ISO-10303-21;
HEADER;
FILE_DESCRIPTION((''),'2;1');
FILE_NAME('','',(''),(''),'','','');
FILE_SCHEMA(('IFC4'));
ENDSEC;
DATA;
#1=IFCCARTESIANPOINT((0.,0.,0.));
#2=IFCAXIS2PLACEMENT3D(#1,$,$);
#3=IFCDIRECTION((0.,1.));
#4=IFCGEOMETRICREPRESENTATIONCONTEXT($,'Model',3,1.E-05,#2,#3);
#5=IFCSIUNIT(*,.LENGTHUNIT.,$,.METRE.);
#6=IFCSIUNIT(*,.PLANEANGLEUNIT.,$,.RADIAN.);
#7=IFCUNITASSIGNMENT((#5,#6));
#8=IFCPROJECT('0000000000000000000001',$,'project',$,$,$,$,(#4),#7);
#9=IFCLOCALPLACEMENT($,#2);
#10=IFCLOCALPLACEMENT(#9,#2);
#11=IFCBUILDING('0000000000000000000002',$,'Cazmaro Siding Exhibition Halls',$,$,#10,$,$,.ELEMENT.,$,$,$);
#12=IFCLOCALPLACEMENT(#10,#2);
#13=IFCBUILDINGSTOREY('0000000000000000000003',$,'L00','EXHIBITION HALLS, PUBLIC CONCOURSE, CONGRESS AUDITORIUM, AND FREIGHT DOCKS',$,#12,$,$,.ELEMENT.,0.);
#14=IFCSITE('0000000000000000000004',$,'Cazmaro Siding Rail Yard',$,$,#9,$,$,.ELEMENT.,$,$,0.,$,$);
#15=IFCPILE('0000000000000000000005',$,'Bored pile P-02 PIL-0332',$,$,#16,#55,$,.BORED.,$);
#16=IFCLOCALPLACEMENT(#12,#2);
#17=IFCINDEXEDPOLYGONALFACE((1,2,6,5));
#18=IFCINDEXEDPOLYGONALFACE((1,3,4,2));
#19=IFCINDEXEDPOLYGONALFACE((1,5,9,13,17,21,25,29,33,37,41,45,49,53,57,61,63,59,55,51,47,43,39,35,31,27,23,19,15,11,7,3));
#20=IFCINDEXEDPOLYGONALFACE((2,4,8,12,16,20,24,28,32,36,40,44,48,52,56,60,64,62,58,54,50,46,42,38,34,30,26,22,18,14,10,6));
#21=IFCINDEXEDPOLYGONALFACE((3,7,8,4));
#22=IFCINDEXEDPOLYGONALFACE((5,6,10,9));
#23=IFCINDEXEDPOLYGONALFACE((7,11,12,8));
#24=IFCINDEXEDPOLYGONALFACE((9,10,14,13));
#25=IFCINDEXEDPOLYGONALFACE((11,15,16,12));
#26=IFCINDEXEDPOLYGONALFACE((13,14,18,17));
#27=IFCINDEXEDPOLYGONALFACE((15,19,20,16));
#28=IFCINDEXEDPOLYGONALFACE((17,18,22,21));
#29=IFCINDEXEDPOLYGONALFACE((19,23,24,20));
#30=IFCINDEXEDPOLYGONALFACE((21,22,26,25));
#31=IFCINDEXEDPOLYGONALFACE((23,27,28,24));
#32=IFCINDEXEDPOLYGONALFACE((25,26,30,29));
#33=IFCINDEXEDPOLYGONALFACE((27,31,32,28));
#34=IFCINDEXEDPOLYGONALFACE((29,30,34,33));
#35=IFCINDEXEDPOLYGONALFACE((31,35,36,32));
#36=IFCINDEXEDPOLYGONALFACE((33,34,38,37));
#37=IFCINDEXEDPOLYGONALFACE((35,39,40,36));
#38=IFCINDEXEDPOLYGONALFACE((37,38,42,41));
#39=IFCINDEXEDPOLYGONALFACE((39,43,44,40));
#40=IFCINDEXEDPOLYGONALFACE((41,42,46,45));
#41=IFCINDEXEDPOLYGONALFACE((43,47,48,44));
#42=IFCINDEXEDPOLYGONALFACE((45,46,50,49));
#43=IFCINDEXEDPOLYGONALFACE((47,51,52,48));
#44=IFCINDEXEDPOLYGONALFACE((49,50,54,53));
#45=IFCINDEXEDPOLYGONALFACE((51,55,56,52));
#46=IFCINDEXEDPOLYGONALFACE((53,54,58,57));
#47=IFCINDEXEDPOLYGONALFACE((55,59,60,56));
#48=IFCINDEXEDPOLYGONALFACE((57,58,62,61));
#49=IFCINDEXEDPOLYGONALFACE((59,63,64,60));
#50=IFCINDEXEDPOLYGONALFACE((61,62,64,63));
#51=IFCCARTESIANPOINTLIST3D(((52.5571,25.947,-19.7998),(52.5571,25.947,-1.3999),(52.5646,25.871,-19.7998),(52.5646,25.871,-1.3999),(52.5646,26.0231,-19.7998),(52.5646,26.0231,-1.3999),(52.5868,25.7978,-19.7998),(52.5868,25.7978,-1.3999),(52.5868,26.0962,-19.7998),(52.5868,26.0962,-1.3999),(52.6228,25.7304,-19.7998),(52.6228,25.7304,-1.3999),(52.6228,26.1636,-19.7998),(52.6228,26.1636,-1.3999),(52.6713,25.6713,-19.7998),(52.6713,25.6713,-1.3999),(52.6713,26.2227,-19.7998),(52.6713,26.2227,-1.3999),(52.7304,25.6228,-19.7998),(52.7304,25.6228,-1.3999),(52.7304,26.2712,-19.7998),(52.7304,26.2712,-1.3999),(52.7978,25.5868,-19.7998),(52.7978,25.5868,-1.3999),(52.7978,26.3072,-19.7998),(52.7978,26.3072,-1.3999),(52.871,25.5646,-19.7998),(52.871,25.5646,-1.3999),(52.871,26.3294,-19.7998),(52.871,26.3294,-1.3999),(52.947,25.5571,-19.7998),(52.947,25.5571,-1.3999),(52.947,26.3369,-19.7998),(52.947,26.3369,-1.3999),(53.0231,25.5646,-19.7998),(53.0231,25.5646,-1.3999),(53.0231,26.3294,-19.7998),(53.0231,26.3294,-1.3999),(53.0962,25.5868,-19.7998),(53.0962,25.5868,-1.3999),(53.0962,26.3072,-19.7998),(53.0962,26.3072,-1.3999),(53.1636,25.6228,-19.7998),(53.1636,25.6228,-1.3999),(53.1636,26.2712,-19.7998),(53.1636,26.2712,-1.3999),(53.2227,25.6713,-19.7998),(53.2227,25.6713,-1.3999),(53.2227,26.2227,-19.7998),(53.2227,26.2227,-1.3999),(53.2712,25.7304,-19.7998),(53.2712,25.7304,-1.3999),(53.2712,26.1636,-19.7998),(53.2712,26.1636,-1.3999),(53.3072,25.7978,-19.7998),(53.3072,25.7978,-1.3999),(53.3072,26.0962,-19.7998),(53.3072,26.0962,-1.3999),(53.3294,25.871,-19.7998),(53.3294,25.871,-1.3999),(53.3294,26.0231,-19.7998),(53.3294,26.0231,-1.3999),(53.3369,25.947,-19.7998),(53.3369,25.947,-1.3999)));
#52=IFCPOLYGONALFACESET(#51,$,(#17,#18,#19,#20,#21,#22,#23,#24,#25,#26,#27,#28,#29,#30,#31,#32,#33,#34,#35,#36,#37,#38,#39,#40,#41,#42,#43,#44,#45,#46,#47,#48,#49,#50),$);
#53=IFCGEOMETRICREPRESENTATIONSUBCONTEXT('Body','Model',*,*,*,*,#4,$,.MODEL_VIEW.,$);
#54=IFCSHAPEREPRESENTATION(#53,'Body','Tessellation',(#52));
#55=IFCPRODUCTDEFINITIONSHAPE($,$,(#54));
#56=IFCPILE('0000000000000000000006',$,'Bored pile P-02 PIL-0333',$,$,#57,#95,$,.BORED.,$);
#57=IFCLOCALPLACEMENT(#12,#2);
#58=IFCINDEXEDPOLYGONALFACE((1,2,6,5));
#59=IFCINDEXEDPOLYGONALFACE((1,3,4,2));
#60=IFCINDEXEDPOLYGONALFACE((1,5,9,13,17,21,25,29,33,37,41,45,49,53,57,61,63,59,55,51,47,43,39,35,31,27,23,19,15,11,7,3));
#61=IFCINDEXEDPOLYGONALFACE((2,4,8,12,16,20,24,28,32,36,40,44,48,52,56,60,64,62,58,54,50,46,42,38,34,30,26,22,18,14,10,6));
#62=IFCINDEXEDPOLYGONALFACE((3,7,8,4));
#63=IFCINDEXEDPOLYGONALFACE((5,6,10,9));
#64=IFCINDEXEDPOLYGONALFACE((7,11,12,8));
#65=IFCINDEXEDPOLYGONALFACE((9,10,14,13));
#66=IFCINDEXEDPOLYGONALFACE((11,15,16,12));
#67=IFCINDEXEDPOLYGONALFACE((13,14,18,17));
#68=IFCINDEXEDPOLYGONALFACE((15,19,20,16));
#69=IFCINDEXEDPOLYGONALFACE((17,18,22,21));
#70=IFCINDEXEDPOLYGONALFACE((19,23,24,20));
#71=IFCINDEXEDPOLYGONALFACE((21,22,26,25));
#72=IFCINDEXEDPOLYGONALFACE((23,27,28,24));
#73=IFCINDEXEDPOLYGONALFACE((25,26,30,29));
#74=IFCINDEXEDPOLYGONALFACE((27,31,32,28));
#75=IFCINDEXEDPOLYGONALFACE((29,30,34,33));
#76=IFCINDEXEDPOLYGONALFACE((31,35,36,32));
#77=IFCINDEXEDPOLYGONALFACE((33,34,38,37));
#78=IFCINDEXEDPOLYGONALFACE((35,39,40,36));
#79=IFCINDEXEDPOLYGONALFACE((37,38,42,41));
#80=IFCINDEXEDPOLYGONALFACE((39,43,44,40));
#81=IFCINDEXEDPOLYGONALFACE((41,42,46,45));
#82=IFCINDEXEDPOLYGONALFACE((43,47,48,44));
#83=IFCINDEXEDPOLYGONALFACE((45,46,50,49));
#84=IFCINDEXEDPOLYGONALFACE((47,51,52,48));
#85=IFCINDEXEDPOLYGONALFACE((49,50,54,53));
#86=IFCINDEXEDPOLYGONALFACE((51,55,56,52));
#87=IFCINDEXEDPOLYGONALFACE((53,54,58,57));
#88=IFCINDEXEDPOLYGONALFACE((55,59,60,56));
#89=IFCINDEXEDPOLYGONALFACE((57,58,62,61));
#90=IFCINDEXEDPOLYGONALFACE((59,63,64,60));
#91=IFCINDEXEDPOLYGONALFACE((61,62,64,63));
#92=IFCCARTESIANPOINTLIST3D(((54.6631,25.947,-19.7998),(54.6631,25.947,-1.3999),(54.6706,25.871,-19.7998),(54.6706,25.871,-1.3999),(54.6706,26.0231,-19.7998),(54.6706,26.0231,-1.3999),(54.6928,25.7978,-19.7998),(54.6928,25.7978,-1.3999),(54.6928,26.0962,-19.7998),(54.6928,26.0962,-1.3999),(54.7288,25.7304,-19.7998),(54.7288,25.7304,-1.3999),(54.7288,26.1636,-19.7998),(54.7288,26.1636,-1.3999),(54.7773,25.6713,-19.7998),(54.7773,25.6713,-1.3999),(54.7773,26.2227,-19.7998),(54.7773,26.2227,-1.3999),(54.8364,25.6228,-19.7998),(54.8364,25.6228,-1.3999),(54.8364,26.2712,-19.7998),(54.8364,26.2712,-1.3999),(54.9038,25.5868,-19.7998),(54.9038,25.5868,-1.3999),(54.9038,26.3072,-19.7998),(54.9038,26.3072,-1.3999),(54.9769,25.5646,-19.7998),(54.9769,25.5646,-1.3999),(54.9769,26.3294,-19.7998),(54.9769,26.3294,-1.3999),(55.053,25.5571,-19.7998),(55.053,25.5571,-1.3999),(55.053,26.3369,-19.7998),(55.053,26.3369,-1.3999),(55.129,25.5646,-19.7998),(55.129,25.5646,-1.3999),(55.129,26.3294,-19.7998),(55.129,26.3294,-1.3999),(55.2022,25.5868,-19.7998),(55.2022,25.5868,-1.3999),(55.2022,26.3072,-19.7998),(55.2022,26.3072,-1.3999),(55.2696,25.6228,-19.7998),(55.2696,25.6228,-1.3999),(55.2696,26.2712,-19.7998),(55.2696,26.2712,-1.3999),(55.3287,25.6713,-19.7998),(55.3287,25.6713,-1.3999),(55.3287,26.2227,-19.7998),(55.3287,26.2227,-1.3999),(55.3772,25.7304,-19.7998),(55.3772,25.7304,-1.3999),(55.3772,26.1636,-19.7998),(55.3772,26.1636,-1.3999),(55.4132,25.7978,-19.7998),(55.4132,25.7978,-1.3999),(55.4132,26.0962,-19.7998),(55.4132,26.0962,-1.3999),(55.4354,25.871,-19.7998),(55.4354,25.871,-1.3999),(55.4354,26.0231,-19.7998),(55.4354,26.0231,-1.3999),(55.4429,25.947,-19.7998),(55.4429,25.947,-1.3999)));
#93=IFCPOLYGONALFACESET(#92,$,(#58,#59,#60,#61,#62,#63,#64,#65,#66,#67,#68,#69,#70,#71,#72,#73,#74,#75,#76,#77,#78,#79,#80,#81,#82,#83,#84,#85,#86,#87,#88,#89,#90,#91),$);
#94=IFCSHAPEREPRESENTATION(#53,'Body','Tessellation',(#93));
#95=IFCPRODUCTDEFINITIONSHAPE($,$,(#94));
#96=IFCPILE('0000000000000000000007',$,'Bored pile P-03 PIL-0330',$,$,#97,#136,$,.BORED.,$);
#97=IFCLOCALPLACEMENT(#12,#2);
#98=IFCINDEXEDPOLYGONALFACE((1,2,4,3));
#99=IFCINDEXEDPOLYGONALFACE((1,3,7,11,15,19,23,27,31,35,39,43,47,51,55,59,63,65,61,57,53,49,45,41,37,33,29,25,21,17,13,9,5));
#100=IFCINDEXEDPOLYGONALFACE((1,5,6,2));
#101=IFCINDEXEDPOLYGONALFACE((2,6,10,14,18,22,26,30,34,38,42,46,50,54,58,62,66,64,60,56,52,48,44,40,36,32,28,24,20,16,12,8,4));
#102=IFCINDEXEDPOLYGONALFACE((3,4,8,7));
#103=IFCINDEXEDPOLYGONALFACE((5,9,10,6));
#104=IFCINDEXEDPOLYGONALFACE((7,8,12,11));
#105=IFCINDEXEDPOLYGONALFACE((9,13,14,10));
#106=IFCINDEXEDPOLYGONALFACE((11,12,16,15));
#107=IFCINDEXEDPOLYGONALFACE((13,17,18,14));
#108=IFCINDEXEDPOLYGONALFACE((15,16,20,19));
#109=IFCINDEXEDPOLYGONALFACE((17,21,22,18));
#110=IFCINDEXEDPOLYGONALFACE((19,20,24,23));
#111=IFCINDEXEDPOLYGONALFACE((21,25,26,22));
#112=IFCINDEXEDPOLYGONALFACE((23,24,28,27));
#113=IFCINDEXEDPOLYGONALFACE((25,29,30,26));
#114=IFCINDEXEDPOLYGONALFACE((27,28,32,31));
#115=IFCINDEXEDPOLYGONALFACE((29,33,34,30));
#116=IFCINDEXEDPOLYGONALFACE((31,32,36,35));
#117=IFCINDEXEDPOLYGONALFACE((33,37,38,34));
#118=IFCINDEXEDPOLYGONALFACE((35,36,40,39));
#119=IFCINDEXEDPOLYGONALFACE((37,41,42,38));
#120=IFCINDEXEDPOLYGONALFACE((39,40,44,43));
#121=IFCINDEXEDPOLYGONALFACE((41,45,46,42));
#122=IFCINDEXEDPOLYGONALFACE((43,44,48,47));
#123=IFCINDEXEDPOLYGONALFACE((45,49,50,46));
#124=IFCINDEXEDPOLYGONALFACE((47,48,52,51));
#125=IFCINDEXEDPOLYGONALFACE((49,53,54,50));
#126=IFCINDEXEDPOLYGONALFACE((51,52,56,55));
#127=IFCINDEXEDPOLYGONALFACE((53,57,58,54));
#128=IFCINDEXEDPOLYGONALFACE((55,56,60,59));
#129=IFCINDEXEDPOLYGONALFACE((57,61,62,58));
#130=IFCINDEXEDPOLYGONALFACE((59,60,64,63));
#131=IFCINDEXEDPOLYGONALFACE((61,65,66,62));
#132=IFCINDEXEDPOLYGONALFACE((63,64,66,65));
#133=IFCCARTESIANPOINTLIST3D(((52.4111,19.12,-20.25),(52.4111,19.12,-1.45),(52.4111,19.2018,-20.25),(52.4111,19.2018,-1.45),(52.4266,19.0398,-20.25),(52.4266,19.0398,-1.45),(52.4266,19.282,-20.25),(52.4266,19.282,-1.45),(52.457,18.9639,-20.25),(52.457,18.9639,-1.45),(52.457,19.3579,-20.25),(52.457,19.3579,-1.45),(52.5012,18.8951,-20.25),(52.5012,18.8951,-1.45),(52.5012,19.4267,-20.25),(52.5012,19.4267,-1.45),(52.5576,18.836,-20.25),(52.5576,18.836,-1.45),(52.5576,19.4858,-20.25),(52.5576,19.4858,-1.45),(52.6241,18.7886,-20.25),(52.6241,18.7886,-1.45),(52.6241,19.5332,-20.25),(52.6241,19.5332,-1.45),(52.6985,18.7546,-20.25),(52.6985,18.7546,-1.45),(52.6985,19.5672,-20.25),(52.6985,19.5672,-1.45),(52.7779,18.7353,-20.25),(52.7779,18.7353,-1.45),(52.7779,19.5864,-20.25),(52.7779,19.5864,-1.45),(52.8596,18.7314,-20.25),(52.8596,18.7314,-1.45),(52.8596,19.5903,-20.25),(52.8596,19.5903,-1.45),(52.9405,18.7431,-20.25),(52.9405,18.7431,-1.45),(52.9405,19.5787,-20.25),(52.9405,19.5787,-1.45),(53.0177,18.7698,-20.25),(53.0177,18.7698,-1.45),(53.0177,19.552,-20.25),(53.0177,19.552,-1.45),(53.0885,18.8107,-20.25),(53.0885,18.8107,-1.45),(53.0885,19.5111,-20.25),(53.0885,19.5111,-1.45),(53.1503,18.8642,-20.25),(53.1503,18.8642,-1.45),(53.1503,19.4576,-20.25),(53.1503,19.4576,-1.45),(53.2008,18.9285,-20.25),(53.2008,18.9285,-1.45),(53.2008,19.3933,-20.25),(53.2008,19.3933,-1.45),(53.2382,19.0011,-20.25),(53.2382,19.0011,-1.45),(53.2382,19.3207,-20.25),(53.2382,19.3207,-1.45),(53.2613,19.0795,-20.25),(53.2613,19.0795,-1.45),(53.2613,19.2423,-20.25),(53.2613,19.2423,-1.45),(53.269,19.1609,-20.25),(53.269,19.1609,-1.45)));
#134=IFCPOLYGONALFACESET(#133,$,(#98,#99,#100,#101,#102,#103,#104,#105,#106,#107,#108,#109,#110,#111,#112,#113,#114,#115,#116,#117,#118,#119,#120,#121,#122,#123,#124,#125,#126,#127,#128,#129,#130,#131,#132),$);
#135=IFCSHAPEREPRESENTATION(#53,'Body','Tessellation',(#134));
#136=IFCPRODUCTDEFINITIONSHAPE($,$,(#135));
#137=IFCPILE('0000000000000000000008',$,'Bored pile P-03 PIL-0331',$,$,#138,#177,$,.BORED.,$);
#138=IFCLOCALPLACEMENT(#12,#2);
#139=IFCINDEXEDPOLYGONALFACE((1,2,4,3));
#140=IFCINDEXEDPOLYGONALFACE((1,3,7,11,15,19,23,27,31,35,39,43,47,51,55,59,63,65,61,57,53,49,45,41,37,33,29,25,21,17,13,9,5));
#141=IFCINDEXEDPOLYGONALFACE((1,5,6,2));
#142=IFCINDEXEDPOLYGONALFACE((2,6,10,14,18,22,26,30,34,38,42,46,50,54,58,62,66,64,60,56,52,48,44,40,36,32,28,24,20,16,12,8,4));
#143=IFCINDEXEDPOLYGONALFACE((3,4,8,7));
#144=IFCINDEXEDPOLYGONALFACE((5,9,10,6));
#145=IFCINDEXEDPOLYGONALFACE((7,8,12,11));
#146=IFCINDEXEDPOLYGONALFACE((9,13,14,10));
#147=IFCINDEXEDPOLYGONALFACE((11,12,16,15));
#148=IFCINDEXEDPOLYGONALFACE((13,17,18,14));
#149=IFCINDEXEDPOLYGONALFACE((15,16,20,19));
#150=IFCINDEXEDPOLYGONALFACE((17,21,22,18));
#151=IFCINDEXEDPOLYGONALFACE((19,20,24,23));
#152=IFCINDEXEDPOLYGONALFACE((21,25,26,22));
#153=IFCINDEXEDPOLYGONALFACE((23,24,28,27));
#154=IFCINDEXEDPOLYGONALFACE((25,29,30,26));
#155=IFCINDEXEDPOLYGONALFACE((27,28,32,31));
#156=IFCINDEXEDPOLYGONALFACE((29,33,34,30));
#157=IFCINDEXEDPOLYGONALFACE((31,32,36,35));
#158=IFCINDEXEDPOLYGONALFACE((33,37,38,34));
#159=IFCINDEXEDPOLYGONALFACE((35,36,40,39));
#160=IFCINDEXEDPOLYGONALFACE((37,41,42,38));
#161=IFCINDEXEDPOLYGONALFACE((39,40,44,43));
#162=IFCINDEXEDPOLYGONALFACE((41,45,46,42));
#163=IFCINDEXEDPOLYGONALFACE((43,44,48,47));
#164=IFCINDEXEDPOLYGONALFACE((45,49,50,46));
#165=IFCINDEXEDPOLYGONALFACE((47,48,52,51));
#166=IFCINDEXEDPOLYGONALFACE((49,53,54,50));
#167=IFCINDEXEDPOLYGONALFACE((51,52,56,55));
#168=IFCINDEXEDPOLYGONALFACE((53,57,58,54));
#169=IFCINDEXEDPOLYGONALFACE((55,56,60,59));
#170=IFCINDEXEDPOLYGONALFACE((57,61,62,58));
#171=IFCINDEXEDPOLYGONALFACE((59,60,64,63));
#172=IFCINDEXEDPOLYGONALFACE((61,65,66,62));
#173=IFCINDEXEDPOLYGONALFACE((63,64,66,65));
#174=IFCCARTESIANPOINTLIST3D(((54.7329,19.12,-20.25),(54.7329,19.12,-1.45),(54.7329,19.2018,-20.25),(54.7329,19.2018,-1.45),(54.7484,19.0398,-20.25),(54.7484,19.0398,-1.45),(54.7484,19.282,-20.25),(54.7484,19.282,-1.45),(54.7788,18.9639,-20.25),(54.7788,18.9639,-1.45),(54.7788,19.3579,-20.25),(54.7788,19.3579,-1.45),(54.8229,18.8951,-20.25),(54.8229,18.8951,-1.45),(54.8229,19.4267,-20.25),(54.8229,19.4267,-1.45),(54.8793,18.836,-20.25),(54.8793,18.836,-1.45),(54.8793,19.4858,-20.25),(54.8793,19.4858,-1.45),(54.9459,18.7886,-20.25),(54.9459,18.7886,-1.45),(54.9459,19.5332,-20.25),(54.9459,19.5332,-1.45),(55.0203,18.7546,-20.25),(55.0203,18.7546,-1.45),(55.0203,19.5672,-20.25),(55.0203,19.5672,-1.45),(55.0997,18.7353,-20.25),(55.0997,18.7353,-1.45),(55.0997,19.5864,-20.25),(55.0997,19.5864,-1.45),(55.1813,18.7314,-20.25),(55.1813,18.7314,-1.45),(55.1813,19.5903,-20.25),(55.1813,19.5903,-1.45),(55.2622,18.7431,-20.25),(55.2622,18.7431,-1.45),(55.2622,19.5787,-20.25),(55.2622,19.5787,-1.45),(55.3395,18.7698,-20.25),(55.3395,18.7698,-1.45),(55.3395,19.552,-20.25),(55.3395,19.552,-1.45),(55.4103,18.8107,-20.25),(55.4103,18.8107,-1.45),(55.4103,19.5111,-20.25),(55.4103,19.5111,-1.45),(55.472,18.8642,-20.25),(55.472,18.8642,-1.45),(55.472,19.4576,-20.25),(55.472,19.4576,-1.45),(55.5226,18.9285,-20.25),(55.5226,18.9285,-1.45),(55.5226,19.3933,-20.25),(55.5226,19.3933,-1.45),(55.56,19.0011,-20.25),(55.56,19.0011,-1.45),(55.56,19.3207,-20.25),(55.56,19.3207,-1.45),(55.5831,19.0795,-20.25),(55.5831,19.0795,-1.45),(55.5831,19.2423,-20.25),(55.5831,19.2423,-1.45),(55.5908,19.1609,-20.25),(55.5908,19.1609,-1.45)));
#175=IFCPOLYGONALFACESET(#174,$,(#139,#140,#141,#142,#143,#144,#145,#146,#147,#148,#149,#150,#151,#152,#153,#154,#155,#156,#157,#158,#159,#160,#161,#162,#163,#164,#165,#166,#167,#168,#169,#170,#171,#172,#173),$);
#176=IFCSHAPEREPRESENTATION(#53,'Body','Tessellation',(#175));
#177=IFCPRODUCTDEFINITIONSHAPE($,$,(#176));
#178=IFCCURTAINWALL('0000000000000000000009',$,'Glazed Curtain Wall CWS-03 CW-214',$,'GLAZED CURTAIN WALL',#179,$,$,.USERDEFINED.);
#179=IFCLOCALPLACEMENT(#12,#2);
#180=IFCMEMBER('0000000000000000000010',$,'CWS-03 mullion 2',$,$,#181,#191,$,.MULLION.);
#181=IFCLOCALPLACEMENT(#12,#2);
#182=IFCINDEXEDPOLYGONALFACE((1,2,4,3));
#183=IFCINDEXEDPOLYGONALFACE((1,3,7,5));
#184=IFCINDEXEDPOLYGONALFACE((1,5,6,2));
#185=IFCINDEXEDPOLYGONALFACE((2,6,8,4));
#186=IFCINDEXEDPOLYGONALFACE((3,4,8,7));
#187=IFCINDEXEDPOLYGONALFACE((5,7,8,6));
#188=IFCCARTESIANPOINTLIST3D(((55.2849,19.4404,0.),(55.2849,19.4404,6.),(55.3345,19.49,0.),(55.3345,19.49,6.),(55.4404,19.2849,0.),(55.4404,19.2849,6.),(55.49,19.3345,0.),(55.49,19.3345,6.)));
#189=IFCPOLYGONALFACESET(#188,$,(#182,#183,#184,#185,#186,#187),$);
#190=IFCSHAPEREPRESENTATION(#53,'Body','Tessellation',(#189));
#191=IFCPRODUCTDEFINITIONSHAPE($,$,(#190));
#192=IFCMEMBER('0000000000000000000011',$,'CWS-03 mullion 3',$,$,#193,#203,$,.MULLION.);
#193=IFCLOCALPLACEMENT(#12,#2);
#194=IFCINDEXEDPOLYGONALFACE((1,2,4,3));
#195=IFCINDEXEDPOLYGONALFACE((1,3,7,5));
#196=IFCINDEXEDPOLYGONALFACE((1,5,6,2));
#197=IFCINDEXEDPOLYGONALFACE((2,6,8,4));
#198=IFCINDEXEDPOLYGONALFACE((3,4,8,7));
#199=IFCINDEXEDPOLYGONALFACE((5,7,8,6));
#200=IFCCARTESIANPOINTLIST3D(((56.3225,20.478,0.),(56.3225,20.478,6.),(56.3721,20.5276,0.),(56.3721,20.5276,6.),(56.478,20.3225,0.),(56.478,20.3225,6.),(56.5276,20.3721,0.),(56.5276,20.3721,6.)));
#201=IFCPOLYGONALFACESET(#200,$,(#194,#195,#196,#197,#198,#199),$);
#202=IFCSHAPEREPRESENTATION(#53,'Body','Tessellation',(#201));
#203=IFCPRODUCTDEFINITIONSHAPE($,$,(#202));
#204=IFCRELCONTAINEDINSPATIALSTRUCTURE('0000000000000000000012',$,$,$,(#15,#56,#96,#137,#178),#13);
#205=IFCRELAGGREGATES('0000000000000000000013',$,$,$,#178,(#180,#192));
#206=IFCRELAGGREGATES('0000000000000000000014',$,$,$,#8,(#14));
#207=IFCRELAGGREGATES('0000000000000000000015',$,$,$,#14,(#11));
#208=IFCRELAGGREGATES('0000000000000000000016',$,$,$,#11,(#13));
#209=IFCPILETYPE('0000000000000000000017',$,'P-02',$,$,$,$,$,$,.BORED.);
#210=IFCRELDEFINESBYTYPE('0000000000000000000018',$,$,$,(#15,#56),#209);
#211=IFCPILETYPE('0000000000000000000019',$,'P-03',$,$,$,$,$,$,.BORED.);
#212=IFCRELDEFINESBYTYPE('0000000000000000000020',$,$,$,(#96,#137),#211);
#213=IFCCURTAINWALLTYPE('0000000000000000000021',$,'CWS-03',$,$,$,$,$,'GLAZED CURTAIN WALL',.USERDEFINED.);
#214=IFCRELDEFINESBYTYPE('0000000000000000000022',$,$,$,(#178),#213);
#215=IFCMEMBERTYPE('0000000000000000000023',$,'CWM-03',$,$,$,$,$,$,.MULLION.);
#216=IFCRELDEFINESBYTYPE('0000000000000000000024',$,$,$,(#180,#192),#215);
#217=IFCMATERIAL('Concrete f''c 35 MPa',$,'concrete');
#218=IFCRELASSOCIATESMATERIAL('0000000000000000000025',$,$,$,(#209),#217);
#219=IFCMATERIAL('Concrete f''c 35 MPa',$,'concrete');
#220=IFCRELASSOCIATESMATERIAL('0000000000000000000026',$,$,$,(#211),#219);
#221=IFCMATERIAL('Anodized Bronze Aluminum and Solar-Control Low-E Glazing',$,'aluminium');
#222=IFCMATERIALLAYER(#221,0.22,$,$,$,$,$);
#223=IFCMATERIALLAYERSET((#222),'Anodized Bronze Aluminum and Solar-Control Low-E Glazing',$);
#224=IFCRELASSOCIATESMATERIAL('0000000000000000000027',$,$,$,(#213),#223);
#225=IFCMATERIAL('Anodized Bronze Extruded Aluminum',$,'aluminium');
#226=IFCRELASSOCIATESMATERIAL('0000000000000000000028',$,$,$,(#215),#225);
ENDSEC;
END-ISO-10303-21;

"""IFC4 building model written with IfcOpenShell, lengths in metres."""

from ifc_helpers import new_model, si_unit, direction, frame, origin, origin_2d, place, context, subcontext, project, spatial, rectangle, circle, extrude, material, layer, layer_set, material_profile, profile_set, type_object, element, aggregate, save


model = new_model("IFC4")

# Units and contexts
model_context = context("Model", 3, precision=1e-05, world=origin(), true_north=direction((0.0, 1.0)))
body_context = subcontext(model_context, "Body", "Model", "MODEL_VIEW")
ifc_project = project(units=[si_unit("LENGTHUNIT", "METRE"), si_unit("PLANEANGLEUNIT", "RADIAN")], contexts=[model_context])

# Site, building, storey
site_placement = place(None, origin())
site = spatial("IfcSite", under=ifc_project, at=site_placement, Name="Cazmaro Siding Rail Yard", CompositionType="ELEMENT", RefElevation=0.0)
building_placement = place(site_placement, origin())
building = spatial("IfcBuilding", under=site, at=building_placement, Name="Cazmaro Siding Exhibition Halls", CompositionType="ELEMENT")
storey_placement = place(building_placement, origin())
storey = spatial("IfcBuildingStorey", under=building, at=storey_placement, Name="L00", Description="EXHIBITION HALLS, PUBLIC CONCOURSE, CONGRESS AUDITORIUM, AND FREIGHT DOCKS", CompositionType="ELEMENT", Elevation=0.0)

# Piles
ifc_material_1 = material(Name="Concrete f'c 35 MPa", Category="concrete")
ifc_material_profile_1 = material_profile(ifc_material_1, circle(Radius=0.3899, at=origin_2d()), Name="CIDH-780")
ifc_profile_set_1 = profile_set([ifc_material_profile_1], Name="Concrete f'c 35 MPa")
pile_type_1 = type_object("IfcPileType", Name="P-02", PredefinedType="BORED", material=ifc_profile_set_1)
for number, where, z_axis, x_axis, name in (
    (1, (52.947, 25.947, -1.3999), (0.0, 0.0, -1.0), (1.0, 0.0, 0.0), "Bored pile P-02 PIL-0332"),
    (2, (55.053, 25.947, -1.3999), (0.0, 0.0, -1.0), (1.0, 0.0, 0.0), "Bored pile P-02 PIL-0333"),
):
    element("IfcPile", number, at=place(storey_placement, frame(where, z_axis=z_axis, x_axis=x_axis)), inside=storey, type_object=pile_type_1, Name=name, PredefinedType="BORED", context=body_context, shape_type="SweptSolid", body=[
        extrude(circle(Radius=0.3899, at=origin_2d()), origin(), (0.0, 0.0, 1.0), 18.3999),
    ])
ifc_material_2 = material(Name="Concrete f'c 35 MPa", Category="concrete")
ifc_material_profile_2 = material_profile(ifc_material_2, circle(Radius=0.4299, at=origin_2d()), Name="CIDH-860")
ifc_profile_set_2 = profile_set([ifc_material_profile_2], Name="Concrete f'c 35 MPa")
pile_type_2 = type_object("IfcPileType", Name="P-03", PredefinedType="BORED", material=ifc_profile_set_2)
for number, where, z_axis, x_axis, name in (
    (3, (52.8391, 19.1609, -1.45), (0.0, 0.0, -1.0), (1.0, 0.0, 0.0), "Bored pile P-03 PIL-0330"),
    (4, (55.1609, 19.1609, -1.45), (0.0, 0.0, -1.0), (1.0, 0.0, 0.0), "Bored pile P-03 PIL-0331"),
):
    element("IfcPile", number, at=place(storey_placement, frame(where, z_axis=z_axis, x_axis=x_axis)), inside=storey, type_object=pile_type_2, Name=name, PredefinedType="BORED", context=body_context, shape_type="SweptSolid", body=[
        extrude(circle(Radius=0.4299, at=origin_2d()), origin(), (0.0, 0.0, 1.0), 18.8),
    ])

# Curtain wall, members
ifc_material_3 = material(Name="Anodized Bronze Aluminum and Solar-Control Low-E Glazing", Category="aluminium")
ifc_layer_1 = layer(ifc_material_3, 0.22)
ifc_layer_set_1 = layer_set([ifc_layer_1], Name="Anodized Bronze Aluminum and Solar-Control Low-E Glazing")
curtain_wall_type = type_object("IfcCurtainWallType", Name="CWS-03", ElementType="GLAZED CURTAIN WALL", PredefinedType="USERDEFINED", material=ifc_layer_set_1)
curtain_wall_placement = place(storey_placement, origin())
curtain_wall = element("IfcCurtainWall", 5, at=curtain_wall_placement, inside=storey, type_object=curtain_wall_type, Name="Glazed Curtain Wall CWS-03 CW-214", ObjectType="GLAZED CURTAIN WALL", PredefinedType="USERDEFINED")
ifc_material_4 = material(Name="Anodized Bronze Extruded Aluminum", Category="aluminium")
ifc_material_profile_3 = material_profile(ifc_material_4, rectangle(XDim=0.22, YDim=0.0701, at=origin_2d()), Name="CWM-03")
ifc_profile_set_3 = profile_set([ifc_material_profile_3], Name="Anodized Bronze Extruded Aluminum")
member_type_1 = type_object("IfcMemberType", Name="CWM-03", PredefinedType="MULLION", material=ifc_profile_set_3)
member_1_placement = place(storey_placement, frame((55.3875, 19.3875, 0.0), z_axis=(0.0, 0.0, 1.0), x_axis=(-0.707107, 0.707107, 0.0)))
member_1 = element("IfcMember", 6, at=member_1_placement, type_object=member_type_1, Name="CWS-03 mullion 2", PredefinedType="MULLION", context=body_context, shape_type="SweptSolid", body=[
    extrude(rectangle(XDim=0.22, YDim=0.0701, at=origin_2d()), origin(), (0.0, 0.0, 1.0), 6.0),
])
member_2_placement = place(storey_placement, frame((56.425, 20.425, 0.0), z_axis=(0.0, 0.0, 1.0), x_axis=(-0.707107, 0.707107, 0.0)))
member_2 = element("IfcMember", 7, at=member_2_placement, type_object=member_type_1, Name="CWS-03 mullion 3", PredefinedType="MULLION", context=body_context, shape_type="SweptSolid", body=[
    extrude(rectangle(XDim=0.22, YDim=0.0701, at=origin_2d()), origin(), (0.0, 0.0, 1.0), 6.0),
])
aggregate(curtain_wall, [member_1, member_2])

save(model, "model.ifc")
